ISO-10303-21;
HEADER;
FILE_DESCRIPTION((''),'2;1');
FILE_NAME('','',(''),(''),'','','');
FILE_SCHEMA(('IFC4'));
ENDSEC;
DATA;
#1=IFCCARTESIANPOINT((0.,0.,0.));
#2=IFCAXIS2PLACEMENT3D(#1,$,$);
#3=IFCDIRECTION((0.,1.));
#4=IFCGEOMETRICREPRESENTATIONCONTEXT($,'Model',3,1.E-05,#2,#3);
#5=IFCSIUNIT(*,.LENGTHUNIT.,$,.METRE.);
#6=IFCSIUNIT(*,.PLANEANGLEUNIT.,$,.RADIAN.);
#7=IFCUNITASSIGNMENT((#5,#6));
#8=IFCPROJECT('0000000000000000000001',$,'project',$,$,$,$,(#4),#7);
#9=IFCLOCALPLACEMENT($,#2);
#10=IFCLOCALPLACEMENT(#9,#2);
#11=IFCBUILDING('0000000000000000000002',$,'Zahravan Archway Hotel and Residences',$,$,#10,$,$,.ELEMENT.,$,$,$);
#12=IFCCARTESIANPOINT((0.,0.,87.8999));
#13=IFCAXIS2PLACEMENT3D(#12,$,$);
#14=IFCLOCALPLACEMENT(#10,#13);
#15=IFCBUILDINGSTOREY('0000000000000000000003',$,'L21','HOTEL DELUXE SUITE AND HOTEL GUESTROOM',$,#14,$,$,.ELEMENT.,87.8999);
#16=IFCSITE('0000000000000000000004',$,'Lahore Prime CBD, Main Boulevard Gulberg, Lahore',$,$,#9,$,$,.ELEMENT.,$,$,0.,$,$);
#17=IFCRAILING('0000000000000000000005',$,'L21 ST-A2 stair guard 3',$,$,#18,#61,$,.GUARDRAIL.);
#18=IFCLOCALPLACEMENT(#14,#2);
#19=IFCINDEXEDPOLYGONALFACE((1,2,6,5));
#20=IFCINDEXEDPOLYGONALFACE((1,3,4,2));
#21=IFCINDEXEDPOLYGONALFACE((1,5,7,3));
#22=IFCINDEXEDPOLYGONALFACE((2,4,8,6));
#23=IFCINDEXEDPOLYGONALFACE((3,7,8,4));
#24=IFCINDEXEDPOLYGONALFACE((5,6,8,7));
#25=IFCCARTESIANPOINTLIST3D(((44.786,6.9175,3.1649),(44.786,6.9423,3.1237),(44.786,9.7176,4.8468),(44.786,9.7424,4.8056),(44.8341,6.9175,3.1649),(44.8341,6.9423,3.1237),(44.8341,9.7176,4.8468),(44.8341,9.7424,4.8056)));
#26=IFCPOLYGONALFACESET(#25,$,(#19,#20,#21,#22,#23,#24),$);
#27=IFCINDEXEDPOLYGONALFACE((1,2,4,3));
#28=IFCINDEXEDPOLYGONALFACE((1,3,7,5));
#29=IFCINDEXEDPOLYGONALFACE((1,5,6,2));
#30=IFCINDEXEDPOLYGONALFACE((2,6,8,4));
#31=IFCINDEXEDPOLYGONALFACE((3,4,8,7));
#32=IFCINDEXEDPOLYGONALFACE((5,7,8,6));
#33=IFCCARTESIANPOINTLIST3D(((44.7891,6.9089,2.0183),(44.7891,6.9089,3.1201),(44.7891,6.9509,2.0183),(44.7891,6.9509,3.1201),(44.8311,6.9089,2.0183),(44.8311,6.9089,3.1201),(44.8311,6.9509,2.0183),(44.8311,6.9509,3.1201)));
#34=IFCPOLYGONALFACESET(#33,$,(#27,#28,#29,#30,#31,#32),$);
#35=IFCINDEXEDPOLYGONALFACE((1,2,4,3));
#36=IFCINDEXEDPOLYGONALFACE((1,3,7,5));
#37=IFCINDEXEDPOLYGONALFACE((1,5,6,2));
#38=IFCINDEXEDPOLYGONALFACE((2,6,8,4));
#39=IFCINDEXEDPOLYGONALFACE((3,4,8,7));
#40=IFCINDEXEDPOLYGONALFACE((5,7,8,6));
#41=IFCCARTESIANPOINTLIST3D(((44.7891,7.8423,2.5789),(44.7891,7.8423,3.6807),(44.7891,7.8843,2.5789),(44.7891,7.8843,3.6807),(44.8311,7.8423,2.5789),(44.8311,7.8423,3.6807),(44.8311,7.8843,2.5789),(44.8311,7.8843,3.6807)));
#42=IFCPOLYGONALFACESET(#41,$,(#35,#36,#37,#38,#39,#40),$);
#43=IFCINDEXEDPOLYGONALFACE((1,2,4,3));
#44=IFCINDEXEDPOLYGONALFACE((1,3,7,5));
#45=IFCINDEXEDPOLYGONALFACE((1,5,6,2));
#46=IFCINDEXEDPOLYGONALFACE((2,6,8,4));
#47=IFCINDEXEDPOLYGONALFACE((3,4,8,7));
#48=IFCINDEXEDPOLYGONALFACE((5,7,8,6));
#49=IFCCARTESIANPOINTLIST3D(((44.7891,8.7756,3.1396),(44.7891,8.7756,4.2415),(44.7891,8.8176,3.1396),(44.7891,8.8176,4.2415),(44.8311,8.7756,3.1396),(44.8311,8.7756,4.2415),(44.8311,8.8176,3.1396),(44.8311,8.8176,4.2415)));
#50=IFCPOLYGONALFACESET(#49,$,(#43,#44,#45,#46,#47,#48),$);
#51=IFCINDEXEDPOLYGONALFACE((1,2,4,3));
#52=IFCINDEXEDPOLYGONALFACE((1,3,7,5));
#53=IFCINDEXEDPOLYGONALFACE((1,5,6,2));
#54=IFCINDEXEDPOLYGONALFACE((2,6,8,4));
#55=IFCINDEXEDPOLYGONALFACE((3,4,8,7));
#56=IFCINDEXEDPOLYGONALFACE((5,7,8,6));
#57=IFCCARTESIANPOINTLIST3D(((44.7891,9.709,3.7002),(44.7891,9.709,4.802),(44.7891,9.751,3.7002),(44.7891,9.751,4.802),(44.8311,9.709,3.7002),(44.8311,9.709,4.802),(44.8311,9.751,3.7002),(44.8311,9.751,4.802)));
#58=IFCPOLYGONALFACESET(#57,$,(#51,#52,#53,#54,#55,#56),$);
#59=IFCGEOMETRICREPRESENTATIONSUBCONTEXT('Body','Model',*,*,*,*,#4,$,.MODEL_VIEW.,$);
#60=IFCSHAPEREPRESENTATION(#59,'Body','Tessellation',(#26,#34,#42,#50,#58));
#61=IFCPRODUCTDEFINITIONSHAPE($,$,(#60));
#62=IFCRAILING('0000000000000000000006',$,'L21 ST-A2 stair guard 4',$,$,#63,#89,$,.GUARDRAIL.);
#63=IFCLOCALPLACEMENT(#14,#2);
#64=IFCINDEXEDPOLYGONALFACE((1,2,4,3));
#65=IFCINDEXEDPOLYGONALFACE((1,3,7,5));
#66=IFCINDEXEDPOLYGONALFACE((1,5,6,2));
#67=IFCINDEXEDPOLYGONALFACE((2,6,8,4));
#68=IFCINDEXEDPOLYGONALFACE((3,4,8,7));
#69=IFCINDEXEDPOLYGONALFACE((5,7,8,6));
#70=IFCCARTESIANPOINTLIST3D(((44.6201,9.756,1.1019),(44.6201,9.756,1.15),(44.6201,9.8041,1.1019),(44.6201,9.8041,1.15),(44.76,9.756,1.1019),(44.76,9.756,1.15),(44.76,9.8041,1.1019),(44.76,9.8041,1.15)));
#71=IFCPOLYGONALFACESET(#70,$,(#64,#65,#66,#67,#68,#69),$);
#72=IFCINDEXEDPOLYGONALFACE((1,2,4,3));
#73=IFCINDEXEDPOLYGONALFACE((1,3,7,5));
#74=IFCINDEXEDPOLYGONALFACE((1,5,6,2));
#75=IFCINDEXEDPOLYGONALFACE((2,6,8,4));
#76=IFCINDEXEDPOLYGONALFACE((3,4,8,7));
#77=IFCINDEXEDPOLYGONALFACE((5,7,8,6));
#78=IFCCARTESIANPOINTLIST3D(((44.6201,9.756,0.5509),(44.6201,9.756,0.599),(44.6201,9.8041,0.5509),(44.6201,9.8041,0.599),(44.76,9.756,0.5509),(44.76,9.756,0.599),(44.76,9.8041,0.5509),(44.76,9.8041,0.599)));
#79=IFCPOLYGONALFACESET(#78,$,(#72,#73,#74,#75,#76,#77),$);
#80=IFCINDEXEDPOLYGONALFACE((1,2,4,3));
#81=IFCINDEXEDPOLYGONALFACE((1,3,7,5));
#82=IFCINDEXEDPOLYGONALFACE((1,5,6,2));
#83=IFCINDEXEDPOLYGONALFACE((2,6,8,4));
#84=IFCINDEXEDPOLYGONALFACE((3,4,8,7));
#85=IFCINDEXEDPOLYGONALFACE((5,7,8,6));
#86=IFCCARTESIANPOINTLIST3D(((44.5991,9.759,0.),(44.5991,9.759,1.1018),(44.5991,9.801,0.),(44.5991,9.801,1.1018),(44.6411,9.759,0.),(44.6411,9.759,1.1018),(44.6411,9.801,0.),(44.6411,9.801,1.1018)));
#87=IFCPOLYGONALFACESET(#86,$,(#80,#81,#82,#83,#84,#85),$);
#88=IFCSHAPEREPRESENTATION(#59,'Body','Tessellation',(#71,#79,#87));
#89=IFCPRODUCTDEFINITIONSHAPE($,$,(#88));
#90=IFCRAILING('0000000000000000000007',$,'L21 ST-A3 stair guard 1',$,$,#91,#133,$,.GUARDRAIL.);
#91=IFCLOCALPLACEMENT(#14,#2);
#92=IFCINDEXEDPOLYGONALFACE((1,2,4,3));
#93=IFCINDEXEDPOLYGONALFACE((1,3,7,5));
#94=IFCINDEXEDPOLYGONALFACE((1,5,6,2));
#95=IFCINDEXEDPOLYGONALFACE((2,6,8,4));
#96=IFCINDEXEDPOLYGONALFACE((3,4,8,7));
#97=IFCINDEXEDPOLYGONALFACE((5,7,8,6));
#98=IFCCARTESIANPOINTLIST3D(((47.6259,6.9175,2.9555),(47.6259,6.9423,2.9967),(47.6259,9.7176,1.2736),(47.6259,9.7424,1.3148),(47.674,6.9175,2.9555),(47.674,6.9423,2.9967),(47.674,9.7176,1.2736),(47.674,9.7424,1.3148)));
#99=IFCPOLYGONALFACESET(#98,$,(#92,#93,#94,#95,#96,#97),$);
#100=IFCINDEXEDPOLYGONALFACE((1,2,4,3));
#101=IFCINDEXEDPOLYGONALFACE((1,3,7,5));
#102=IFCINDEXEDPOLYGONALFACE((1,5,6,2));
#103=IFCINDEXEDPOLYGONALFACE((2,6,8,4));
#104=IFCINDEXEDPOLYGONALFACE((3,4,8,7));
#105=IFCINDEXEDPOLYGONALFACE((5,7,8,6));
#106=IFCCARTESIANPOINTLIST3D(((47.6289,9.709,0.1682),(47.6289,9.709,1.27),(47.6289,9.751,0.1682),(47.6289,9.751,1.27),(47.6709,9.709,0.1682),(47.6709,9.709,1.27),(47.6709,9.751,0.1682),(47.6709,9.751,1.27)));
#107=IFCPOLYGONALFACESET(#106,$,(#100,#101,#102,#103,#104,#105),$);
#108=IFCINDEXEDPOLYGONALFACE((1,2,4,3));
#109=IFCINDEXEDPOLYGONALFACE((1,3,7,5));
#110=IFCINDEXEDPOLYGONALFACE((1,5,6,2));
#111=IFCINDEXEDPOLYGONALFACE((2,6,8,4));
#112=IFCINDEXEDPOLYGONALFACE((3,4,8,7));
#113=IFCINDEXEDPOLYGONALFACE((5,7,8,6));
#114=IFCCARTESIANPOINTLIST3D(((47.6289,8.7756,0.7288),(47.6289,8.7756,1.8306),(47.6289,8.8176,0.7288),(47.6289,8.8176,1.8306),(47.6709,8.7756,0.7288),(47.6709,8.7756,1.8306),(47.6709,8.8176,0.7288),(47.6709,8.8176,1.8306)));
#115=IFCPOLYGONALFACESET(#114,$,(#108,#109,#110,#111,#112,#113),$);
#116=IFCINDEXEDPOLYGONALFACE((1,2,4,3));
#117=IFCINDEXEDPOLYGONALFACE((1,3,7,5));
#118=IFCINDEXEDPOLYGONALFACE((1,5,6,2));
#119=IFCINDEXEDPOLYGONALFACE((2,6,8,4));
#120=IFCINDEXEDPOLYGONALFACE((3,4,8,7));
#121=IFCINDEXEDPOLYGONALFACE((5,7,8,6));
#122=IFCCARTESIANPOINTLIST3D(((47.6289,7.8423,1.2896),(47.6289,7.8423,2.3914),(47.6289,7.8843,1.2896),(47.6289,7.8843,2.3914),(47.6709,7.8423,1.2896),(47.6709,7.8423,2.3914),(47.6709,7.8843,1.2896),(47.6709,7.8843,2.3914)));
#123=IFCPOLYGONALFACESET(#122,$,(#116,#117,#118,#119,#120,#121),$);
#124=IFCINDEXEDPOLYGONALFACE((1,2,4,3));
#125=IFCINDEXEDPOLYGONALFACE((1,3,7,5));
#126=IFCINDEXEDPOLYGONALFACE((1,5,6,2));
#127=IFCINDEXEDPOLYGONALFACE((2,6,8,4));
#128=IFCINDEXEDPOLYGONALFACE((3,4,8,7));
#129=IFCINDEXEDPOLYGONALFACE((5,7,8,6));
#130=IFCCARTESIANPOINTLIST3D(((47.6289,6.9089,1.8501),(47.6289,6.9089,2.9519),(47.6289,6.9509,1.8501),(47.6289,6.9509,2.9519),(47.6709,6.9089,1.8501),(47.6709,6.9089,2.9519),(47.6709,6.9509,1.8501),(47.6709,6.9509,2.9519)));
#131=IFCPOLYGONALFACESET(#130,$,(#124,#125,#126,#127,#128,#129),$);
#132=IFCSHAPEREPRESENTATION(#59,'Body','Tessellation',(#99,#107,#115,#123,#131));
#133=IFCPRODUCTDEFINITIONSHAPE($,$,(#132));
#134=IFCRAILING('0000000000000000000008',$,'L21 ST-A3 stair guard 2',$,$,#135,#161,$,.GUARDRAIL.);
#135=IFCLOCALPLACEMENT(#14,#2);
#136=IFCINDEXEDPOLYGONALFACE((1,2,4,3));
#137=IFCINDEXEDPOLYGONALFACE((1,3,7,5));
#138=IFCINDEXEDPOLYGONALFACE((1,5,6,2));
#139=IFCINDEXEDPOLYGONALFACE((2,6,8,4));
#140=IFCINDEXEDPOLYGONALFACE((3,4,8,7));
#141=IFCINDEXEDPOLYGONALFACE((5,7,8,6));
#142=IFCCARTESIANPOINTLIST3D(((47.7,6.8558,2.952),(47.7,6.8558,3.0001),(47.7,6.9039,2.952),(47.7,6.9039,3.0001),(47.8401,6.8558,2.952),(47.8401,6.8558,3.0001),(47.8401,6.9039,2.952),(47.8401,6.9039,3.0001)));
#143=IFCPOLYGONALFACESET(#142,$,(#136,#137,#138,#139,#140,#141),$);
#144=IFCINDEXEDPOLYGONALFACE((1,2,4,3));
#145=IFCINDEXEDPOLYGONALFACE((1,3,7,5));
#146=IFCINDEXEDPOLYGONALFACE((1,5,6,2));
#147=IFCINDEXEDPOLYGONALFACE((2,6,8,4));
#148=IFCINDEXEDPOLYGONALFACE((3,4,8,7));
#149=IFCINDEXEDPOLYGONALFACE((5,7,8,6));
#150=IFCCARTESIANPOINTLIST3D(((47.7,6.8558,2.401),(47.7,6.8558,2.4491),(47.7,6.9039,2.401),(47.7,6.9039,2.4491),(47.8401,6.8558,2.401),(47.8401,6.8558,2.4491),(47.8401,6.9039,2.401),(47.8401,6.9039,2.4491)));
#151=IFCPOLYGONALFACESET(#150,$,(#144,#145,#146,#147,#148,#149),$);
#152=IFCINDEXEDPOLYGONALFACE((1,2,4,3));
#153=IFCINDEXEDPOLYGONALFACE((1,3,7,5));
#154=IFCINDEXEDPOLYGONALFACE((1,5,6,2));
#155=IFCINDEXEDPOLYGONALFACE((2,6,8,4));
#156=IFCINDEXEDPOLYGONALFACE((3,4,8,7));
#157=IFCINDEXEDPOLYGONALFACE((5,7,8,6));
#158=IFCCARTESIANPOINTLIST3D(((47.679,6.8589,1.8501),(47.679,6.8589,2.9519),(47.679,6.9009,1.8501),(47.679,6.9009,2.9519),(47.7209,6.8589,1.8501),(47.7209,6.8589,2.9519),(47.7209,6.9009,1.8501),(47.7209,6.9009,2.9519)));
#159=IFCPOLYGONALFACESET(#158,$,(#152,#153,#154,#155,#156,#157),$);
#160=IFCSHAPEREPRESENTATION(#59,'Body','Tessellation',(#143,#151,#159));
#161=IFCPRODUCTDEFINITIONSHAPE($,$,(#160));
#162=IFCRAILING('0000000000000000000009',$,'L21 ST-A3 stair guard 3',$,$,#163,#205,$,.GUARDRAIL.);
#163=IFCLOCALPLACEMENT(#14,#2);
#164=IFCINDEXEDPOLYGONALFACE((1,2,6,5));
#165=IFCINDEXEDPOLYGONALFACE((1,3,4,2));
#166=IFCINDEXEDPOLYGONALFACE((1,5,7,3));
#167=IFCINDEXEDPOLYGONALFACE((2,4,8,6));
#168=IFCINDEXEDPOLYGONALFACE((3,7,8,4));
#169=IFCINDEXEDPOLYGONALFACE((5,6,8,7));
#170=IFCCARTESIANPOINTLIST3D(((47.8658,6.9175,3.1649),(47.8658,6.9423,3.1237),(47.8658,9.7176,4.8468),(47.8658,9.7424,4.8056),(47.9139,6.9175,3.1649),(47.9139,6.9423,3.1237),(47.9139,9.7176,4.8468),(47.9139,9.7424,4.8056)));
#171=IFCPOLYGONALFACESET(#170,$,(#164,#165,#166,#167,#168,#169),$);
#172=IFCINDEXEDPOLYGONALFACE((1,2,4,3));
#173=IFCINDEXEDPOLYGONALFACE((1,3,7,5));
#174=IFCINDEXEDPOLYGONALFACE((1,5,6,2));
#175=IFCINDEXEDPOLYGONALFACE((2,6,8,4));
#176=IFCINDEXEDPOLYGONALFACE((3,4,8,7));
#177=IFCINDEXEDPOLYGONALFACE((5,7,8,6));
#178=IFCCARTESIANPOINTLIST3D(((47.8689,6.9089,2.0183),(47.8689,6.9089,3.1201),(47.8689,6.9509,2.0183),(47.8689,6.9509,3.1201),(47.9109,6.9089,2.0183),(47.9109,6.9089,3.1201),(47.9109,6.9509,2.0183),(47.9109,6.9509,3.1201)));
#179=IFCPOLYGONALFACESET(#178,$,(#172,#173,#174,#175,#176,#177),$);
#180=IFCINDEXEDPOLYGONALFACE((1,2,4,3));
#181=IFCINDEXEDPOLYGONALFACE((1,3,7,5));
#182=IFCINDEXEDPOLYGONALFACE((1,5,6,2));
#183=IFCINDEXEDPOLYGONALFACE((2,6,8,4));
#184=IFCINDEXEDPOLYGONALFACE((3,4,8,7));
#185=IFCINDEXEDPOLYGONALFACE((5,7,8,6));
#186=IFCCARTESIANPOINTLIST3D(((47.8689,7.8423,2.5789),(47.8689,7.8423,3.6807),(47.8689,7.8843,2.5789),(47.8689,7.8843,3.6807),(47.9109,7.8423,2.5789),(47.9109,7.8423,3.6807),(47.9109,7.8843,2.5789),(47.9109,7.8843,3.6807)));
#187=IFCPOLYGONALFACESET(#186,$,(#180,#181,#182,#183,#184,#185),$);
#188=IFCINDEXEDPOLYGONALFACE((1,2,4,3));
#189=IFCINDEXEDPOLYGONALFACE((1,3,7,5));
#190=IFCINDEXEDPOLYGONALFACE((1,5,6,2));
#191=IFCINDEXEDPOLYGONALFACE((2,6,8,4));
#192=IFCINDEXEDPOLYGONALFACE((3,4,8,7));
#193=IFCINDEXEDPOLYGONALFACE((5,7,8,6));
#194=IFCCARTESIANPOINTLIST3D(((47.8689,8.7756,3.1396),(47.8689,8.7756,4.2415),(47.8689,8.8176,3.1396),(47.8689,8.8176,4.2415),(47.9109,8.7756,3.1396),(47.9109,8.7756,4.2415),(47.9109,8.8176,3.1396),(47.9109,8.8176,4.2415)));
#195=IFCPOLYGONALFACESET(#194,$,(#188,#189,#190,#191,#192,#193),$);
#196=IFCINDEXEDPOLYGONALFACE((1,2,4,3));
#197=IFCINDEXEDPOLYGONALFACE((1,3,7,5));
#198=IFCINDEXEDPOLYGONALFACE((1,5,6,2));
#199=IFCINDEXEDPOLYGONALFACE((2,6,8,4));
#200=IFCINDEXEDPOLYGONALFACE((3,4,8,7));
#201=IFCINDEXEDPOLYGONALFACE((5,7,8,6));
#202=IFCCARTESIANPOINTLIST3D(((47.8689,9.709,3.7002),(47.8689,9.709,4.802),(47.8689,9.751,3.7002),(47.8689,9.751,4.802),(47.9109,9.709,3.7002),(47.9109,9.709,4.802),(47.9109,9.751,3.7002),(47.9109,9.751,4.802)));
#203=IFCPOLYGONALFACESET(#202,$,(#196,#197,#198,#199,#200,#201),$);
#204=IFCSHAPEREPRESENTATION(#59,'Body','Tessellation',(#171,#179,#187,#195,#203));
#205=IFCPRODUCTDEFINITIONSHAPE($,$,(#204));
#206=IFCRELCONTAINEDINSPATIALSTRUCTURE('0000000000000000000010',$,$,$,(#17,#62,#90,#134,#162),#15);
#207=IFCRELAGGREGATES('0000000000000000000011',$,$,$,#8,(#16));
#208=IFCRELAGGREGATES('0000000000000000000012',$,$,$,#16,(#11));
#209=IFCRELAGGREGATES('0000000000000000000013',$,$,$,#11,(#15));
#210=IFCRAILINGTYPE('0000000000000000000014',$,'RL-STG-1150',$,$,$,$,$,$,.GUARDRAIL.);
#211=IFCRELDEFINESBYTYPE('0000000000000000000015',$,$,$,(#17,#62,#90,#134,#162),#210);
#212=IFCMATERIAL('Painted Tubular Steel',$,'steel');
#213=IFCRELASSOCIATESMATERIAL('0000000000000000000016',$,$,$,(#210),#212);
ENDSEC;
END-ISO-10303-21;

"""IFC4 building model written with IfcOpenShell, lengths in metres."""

from ifc_helpers import new_model, si_unit, direction, frame, origin, origin_2d, place, context, subcontext, project, spatial, rectangle, extrude, material, type_object, element, save


model = new_model("IFC4")

# Units and contexts
model_context = context("Model", 3, precision=1e-05, world=origin(), true_north=direction((0.0, 1.0)))
body_context = subcontext(model_context, "Body", "Model", "MODEL_VIEW")
ifc_project = project(units=[si_unit("LENGTHUNIT", "METRE"), si_unit("PLANEANGLEUNIT", "RADIAN")], contexts=[model_context])

# Site, building, storey
site_placement = place(None, origin())
site = spatial("IfcSite", under=ifc_project, at=site_placement, Name="Lahore Prime CBD, Main Boulevard Gulberg, Lahore", CompositionType="ELEMENT", RefElevation=0.0)
building_placement = place(site_placement, origin())
building = spatial("IfcBuilding", under=site, at=building_placement, Name="Zahravan Archway Hotel and Residences", CompositionType="ELEMENT")
storey_placement = place(building_placement, frame((0.0, 0.0, 87.8999)))
storey = spatial("IfcBuildingStorey", under=building, at=storey_placement, Name="L21", Description="HOTEL DELUXE SUITE AND HOTEL GUESTROOM", CompositionType="ELEMENT", Elevation=87.8999)

# Railings
ifc_material_1 = material(Name="Painted Tubular Steel", Category="steel")
railing_type_1 = type_object("IfcRailingType", Name="RL-STG-1150", PredefinedType="GUARDRAIL", material=ifc_material_1)
railing_1_placement = place(storey_placement, frame((44.8101, 6.9299, 2.0183)))
element("IfcRailing", 1, at=railing_1_placement, inside=storey, type_object=railing_type_1, Name="L21 ST-A2 stair guard 3", PredefinedType="GUARDRAIL", context=body_context, shape_type="SweptSolid", body=[
    extrude(rectangle(XDim=0.0481, YDim=0.0481, at=origin_2d()), frame((0.0, 0.0, 1.126), z_axis=(0.0, 0.857242, 0.514913), x_axis=(-1.0, 0.0, 0.0)), (0.0, 0.0, 1.0), 3.2664),
    extrude(rectangle(XDim=0.042, YDim=0.042, at=origin_2d()), origin(), (0.0, 0.0, 1.0), 1.1018),
    extrude(rectangle(XDim=0.042, YDim=0.042, at=origin_2d()), frame((0.0, 0.9333, 0.5605)), (0.0, 0.0, 1.0), 1.1018),
    extrude(rectangle(XDim=0.042, YDim=0.042, at=origin_2d()), frame((0.0, 1.8667, 1.1213)), (0.0, 0.0, 1.0), 1.1018),
    extrude(rectangle(XDim=0.042, YDim=0.042, at=origin_2d()), frame((0.0, 2.8, 1.6819)), (0.0, 0.0, 1.0), 1.1018),
])
railing_2_placement = place(storey_placement, frame((44.6201, 9.78, 0.0)))
element("IfcRailing", 2, at=railing_2_placement, inside=storey, type_object=railing_type_1, Name="L21 ST-A2 stair guard 4", PredefinedType="GUARDRAIL", context=body_context, shape_type="SweptSolid", body=[
    extrude(rectangle(XDim=0.0481, YDim=0.0481, at=origin_2d()), frame((0.0, 0.0, 1.126), z_axis=(1.0, 0.0, 0.0), x_axis=(0.0, 1.0, 0.0)), (0.0, 0.0, 1.0), 0.1399),
    extrude(rectangle(XDim=0.0481, YDim=0.0481, at=origin_2d()), frame((0.0, 0.0, 0.575), z_axis=(1.0, 0.0, 0.0), x_axis=(0.0, 1.0, 0.0)), (0.0, 0.0, 1.0), 0.1399),
    extrude(rectangle(XDim=0.042, YDim=0.042, at=origin_2d()), origin(), (0.0, 0.0, 1.0), 1.1018),
])
railing_3_placement = place(storey_placement, frame((47.6499, 9.73, 0.1682)))
element("IfcRailing", 3, at=railing_3_placement, inside=storey, type_object=railing_type_1, Name="L21 ST-A3 stair guard 1", PredefinedType="GUARDRAIL", context=body_context, shape_type="SweptSolid", body=[
    extrude(rectangle(XDim=0.0481, YDim=0.0481, at=origin_2d()), frame((0.0, 0.0, 1.126), z_axis=(0.0, -0.857242, 0.514913), x_axis=(1.0, 0.0, 0.0)), (0.0, 0.0, 1.0), 3.2664),
    extrude(rectangle(XDim=0.042, YDim=0.042, at=origin_2d()), origin(), (0.0, 0.0, 1.0), 1.1018),
    extrude(rectangle(XDim=0.042, YDim=0.042, at=origin_2d()), frame((0.0, -0.9333, 0.5605)), (0.0, 0.0, 1.0), 1.1018),
    extrude(rectangle(XDim=0.042, YDim=0.042, at=origin_2d()), frame((0.0, -1.8667, 1.1213)), (0.0, 0.0, 1.0), 1.1018),
    extrude(rectangle(XDim=0.042, YDim=0.042, at=origin_2d()), frame((0.0, -2.8, 1.6819)), (0.0, 0.0, 1.0), 1.1018),
])
railing_4_placement = place(storey_placement, frame((47.7, 6.8799, 1.8501)))
element("IfcRailing", 4, at=railing_4_placement, inside=storey, type_object=railing_type_1, Name="L21 ST-A3 stair guard 2", PredefinedType="GUARDRAIL", context=body_context, shape_type="SweptSolid", body=[
    extrude(rectangle(XDim=0.0481, YDim=0.0481, at=origin_2d()), frame((0.0, 0.0, 1.126), z_axis=(1.0, 0.0, 0.0), x_axis=(0.0, 1.0, 0.0)), (0.0, 0.0, 1.0), 0.1401),
    extrude(rectangle(XDim=0.0481, YDim=0.0481, at=origin_2d()), frame((0.0, 0.0, 0.575), z_axis=(1.0, 0.0, 0.0), x_axis=(0.0, 1.0, 0.0)), (0.0, 0.0, 1.0), 0.1401),
    extrude(rectangle(XDim=0.042, YDim=0.042, at=origin_2d()), origin(), (0.0, 0.0, 1.0), 1.1018),
])
railing_5_placement = place(storey_placement, frame((47.8899, 6.9299, 2.0183)))
element("IfcRailing", 5, at=railing_5_placement, inside=storey, type_object=railing_type_1, Name="L21 ST-A3 stair guard 3", PredefinedType="GUARDRAIL", context=body_context, shape_type="SweptSolid", body=[
    extrude(rectangle(XDim=0.0481, YDim=0.0481, at=origin_2d()), frame((0.0, 0.0, 1.126), z_axis=(0.0, 0.857242, 0.514913), x_axis=(-1.0, 0.0, 0.0)), (0.0, 0.0, 1.0), 3.2664),
    extrude(rectangle(XDim=0.042, YDim=0.042, at=origin_2d()), origin(), (0.0, 0.0, 1.0), 1.1018),
    extrude(rectangle(XDim=0.042, YDim=0.042, at=origin_2d()), frame((0.0, 0.9333, 0.5605)), (0.0, 0.0, 1.0), 1.1018),
    extrude(rectangle(XDim=0.042, YDim=0.042, at=origin_2d()), frame((0.0, 1.8667, 1.1213)), (0.0, 0.0, 1.0), 1.1018),
    extrude(rectangle(XDim=0.042, YDim=0.042, at=origin_2d()), frame((0.0, 2.8, 1.6819)), (0.0, 0.0, 1.0), 1.1018),
])

save(model, "model.ifc")
